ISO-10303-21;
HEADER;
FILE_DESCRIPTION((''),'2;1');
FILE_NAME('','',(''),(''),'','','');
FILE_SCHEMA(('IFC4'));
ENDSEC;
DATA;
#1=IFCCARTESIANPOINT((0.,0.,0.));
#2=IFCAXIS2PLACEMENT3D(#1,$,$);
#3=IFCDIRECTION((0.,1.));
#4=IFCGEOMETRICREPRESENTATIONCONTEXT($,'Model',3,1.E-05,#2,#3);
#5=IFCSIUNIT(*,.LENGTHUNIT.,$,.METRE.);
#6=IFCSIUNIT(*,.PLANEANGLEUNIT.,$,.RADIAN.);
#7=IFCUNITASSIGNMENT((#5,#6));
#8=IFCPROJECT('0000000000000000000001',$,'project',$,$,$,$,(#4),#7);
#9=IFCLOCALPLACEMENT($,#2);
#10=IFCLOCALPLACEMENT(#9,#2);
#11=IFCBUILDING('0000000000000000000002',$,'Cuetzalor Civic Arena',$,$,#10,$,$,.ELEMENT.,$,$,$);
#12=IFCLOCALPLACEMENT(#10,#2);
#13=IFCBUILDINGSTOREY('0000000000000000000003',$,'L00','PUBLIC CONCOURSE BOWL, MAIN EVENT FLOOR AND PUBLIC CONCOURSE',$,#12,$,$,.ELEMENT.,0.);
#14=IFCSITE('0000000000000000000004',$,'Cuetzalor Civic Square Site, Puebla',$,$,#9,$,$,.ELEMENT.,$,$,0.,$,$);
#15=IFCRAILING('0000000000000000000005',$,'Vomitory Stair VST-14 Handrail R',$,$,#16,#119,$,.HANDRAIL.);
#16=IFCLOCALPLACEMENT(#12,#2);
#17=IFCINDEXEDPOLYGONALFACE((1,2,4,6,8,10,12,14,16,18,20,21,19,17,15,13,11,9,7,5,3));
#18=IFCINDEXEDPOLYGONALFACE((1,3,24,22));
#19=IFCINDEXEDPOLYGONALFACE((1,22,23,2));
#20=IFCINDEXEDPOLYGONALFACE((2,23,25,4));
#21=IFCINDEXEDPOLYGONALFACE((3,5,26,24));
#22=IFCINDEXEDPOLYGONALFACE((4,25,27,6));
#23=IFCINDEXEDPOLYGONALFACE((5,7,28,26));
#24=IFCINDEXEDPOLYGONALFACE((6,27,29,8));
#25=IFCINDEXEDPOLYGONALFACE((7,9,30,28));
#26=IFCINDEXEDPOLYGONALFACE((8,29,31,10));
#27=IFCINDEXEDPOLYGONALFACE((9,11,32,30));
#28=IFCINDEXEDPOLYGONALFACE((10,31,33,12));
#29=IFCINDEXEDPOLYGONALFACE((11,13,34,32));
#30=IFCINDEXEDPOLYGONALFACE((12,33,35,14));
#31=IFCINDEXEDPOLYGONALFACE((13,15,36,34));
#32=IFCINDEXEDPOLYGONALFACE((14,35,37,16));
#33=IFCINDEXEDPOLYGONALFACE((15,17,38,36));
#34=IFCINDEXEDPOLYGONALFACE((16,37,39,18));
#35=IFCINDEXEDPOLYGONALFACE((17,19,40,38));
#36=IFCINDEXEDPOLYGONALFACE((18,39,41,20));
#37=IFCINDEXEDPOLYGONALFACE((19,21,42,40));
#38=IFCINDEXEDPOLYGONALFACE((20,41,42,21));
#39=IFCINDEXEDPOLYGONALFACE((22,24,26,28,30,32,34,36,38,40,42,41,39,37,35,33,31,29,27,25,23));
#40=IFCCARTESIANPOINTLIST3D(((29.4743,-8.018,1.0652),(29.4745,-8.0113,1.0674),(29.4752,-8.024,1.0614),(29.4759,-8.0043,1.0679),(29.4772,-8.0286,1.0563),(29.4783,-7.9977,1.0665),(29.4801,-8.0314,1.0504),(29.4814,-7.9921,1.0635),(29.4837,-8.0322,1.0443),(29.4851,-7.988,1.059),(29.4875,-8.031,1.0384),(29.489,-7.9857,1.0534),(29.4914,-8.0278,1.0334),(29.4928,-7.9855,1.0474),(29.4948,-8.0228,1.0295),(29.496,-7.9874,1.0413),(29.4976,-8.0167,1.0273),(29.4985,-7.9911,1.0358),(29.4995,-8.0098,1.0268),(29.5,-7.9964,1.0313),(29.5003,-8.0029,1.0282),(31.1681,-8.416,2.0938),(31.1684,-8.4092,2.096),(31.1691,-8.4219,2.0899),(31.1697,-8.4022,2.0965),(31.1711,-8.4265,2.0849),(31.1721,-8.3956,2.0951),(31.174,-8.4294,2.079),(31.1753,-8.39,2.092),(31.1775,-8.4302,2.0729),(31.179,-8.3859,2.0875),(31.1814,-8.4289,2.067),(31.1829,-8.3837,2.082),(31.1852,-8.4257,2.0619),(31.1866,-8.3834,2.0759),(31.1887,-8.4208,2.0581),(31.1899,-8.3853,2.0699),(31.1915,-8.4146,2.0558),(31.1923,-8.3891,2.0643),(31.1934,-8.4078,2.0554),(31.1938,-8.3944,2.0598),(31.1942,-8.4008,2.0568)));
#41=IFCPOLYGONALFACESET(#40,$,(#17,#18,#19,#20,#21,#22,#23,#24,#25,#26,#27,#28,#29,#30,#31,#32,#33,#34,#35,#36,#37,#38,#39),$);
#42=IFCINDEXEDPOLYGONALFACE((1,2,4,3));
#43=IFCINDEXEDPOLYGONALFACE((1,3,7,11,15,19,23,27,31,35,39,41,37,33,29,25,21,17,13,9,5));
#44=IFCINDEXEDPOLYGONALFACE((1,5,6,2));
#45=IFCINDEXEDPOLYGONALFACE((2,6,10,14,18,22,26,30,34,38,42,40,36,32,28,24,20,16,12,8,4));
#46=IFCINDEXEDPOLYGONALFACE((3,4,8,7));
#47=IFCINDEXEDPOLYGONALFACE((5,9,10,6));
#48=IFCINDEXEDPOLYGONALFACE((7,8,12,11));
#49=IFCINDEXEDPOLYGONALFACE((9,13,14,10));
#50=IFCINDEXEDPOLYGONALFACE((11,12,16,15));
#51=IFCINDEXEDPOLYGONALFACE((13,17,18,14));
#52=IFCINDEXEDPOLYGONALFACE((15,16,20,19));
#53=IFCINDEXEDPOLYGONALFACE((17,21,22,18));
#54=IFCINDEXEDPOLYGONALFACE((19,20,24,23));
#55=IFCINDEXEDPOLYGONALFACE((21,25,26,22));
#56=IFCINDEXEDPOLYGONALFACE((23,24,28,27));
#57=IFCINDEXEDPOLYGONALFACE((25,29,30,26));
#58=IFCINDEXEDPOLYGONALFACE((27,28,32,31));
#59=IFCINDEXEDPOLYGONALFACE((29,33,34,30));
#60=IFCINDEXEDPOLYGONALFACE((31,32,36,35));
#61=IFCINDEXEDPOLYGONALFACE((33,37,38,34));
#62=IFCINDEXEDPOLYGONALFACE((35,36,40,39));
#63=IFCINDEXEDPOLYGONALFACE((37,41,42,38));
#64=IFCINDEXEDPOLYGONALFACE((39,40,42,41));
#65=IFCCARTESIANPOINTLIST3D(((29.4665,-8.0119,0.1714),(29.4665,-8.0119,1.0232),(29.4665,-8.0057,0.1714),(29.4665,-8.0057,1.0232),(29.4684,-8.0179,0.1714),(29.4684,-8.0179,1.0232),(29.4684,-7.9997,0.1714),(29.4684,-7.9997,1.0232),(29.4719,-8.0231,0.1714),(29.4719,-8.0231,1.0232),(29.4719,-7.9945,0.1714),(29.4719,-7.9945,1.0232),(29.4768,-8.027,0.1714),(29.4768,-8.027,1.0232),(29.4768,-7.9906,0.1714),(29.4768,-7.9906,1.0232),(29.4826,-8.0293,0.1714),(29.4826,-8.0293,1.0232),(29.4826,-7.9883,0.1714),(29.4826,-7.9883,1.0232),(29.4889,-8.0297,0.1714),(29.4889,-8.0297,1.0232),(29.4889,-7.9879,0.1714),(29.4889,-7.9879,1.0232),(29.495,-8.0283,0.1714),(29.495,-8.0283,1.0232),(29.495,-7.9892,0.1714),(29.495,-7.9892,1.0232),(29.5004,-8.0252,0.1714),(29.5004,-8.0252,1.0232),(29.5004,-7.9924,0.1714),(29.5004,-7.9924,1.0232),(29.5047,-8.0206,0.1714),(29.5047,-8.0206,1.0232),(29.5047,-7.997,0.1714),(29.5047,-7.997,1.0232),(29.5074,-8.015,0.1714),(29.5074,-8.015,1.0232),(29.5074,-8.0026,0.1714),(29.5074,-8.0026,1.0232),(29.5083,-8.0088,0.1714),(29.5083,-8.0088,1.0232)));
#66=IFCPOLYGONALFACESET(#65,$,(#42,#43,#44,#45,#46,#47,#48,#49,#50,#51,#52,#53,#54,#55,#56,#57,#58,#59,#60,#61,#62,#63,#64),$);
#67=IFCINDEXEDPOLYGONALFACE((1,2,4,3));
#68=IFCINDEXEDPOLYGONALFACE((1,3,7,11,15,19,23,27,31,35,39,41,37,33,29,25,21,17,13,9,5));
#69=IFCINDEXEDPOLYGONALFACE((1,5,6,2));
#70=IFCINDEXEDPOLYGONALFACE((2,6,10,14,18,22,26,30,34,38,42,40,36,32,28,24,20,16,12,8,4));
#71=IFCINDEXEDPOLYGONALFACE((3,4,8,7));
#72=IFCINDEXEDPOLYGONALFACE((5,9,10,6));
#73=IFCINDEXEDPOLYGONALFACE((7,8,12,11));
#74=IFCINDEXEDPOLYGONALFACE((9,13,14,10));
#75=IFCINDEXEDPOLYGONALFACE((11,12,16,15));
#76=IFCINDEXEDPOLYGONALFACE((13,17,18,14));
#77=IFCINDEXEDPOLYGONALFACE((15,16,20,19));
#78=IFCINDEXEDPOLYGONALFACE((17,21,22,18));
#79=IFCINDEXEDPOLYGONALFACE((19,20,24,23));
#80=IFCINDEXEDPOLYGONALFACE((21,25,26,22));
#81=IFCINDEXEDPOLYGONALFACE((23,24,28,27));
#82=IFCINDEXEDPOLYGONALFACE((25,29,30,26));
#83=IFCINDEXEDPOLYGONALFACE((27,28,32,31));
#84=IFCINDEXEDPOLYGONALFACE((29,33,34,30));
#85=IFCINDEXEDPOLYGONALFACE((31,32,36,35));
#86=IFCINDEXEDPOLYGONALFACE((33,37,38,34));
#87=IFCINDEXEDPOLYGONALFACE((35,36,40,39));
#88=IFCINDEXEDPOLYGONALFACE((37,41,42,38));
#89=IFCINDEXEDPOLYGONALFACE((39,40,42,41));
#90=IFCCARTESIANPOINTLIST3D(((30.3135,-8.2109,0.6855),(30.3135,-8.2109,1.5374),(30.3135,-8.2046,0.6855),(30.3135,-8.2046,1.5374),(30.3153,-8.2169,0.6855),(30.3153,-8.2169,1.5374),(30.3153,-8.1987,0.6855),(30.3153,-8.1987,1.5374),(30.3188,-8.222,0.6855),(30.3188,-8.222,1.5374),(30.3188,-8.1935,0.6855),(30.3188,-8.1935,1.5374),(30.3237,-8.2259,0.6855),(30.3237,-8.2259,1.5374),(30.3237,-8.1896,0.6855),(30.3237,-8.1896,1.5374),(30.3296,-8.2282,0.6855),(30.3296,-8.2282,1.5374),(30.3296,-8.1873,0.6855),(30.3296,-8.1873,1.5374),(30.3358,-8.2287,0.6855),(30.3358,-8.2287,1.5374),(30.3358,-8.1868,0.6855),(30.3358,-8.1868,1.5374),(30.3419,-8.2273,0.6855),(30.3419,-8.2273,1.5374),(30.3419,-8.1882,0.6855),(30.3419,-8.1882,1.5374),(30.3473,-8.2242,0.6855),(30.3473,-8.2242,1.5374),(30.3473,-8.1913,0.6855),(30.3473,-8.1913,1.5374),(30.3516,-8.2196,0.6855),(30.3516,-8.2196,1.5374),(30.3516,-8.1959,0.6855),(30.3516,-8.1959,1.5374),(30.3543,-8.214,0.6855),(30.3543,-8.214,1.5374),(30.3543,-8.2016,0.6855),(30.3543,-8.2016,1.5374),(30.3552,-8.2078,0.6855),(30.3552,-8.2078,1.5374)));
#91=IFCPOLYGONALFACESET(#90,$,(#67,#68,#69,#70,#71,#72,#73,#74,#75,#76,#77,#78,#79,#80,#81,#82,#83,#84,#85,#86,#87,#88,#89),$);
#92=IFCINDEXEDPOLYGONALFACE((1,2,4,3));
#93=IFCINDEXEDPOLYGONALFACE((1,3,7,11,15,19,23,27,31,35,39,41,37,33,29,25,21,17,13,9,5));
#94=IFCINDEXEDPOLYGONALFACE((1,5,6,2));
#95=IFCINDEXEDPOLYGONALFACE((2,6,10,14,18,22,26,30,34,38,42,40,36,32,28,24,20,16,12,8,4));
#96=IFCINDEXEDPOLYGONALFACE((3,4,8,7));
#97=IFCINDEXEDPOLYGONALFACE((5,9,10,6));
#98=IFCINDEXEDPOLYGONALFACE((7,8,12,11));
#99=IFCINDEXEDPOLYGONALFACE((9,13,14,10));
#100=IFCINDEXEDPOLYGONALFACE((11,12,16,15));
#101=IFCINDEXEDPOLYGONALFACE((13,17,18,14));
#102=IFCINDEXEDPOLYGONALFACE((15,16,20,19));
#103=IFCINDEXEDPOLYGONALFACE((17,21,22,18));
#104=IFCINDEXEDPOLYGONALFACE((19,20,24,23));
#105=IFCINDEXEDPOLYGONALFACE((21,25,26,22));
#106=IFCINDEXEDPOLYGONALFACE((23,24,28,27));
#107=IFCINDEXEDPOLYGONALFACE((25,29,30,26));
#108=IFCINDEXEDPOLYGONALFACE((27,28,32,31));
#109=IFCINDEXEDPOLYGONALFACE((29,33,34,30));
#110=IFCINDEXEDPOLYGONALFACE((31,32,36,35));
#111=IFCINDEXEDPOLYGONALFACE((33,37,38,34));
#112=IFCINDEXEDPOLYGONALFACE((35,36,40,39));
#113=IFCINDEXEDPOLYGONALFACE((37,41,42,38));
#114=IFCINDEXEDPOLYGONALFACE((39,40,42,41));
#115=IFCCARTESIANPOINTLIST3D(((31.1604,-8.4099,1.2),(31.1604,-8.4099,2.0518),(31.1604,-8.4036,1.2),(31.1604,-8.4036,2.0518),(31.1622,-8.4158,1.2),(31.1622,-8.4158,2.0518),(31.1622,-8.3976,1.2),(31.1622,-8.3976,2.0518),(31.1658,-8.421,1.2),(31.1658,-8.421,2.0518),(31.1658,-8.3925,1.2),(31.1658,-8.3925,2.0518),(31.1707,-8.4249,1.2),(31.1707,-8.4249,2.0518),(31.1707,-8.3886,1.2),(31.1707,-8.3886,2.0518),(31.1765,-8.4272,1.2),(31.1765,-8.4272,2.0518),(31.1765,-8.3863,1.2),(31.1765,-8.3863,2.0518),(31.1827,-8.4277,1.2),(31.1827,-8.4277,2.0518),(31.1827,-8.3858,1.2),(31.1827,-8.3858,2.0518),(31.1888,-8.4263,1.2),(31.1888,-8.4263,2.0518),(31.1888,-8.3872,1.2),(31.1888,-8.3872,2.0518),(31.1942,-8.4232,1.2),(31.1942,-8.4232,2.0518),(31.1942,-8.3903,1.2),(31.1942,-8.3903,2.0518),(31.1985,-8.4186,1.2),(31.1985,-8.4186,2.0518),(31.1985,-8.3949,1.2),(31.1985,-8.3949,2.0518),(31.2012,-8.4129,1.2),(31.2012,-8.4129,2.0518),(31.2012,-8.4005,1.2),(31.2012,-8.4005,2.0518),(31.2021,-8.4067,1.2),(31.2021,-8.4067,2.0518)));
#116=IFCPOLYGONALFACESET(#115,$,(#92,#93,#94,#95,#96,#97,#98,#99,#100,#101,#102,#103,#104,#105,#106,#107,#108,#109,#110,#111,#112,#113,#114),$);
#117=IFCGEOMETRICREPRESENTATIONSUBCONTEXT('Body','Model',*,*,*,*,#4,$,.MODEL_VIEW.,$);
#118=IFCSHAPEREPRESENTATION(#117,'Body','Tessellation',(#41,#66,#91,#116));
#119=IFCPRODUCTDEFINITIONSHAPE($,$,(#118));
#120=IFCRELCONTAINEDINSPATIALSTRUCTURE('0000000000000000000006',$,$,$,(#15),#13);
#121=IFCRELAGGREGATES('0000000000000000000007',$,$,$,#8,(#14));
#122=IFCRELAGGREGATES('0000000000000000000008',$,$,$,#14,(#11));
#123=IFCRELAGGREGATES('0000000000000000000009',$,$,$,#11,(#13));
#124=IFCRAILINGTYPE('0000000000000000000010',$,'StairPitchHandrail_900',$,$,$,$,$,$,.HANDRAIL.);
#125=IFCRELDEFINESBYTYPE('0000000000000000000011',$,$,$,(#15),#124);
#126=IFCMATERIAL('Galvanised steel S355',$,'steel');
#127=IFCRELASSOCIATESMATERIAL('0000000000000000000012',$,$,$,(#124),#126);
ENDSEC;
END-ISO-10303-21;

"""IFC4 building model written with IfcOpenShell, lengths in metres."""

from ifc_helpers import new_model, si_unit, direction, frame, origin, origin_2d, place, context, subcontext, project, spatial, circle, extrude, material, type_object, element, save


model = new_model("IFC4")

# Units and contexts
model_context = context("Model", 3, precision=1e-05, world=origin(), true_north=direction((0.0, 1.0)))
body_context = subcontext(model_context, "Body", "Model", "MODEL_VIEW")
ifc_project = project(units=[si_unit("LENGTHUNIT", "METRE"), si_unit("PLANEANGLEUNIT", "RADIAN")], contexts=[model_context])

# Site, building, storey
site_placement = place(None, origin())
site = spatial("IfcSite", under=ifc_project, at=site_placement, Name="Cuetzalor Civic Square Site, Puebla", CompositionType="ELEMENT", RefElevation=0.0)
building_placement = place(site_placement, origin())
building = spatial("IfcBuilding", under=site, at=building_placement, Name="Cuetzalor Civic Arena", CompositionType="ELEMENT")
storey_placement = place(building_placement, origin())
storey = spatial("IfcBuildingStorey", under=building, at=storey_placement, Name="L00", Description="PUBLIC CONCOURSE BOWL, MAIN EVENT FLOOR AND PUBLIC CONCOURSE", CompositionType="ELEMENT", Elevation=0.0)

# Railing
ifc_material_1 = material(Name="Galvanised steel S355", Category="steel")
railing_type_1 = type_object("IfcRailingType", Name="StairPitchHandrail_900", PredefinedType="HANDRAIL", material=ifc_material_1)
railing_1_placement = place(storey_placement, frame((29.4873, -8.0088, 0.1714)))
element("IfcRailing", 1, at=railing_1_placement, inside=storey, type_object=railing_type_1, Name="Vomitory Stair VST-14 Handrail R", PredefinedType="HANDRAIL", context=body_context, shape_type="SweptSolid", body=[
    extrude(circle(Radius=0.0239, at=origin_2d()), frame((0.0, 0.0, 0.876), z_axis=(0.838022, -0.196883, 0.508877), x_axis=(0.228711, 0.973494, 0.0)), (0.0, 0.0, 1.0), 2.0212),
    extrude(circle(Radius=0.021, at=origin_2d()), origin(), (0.0, 0.0, 1.0), 0.8518),
    extrude(circle(Radius=0.021, at=origin_2d()), frame((0.8469, -0.199, 0.5142)), (0.0, 0.0, 1.0), 0.8518),
    extrude(circle(Radius=0.021, at=origin_2d()), frame((1.6938, -0.3979, 1.0286)), (0.0, 0.0, 1.0), 0.8518),
])

save(model, "model.ifc")
